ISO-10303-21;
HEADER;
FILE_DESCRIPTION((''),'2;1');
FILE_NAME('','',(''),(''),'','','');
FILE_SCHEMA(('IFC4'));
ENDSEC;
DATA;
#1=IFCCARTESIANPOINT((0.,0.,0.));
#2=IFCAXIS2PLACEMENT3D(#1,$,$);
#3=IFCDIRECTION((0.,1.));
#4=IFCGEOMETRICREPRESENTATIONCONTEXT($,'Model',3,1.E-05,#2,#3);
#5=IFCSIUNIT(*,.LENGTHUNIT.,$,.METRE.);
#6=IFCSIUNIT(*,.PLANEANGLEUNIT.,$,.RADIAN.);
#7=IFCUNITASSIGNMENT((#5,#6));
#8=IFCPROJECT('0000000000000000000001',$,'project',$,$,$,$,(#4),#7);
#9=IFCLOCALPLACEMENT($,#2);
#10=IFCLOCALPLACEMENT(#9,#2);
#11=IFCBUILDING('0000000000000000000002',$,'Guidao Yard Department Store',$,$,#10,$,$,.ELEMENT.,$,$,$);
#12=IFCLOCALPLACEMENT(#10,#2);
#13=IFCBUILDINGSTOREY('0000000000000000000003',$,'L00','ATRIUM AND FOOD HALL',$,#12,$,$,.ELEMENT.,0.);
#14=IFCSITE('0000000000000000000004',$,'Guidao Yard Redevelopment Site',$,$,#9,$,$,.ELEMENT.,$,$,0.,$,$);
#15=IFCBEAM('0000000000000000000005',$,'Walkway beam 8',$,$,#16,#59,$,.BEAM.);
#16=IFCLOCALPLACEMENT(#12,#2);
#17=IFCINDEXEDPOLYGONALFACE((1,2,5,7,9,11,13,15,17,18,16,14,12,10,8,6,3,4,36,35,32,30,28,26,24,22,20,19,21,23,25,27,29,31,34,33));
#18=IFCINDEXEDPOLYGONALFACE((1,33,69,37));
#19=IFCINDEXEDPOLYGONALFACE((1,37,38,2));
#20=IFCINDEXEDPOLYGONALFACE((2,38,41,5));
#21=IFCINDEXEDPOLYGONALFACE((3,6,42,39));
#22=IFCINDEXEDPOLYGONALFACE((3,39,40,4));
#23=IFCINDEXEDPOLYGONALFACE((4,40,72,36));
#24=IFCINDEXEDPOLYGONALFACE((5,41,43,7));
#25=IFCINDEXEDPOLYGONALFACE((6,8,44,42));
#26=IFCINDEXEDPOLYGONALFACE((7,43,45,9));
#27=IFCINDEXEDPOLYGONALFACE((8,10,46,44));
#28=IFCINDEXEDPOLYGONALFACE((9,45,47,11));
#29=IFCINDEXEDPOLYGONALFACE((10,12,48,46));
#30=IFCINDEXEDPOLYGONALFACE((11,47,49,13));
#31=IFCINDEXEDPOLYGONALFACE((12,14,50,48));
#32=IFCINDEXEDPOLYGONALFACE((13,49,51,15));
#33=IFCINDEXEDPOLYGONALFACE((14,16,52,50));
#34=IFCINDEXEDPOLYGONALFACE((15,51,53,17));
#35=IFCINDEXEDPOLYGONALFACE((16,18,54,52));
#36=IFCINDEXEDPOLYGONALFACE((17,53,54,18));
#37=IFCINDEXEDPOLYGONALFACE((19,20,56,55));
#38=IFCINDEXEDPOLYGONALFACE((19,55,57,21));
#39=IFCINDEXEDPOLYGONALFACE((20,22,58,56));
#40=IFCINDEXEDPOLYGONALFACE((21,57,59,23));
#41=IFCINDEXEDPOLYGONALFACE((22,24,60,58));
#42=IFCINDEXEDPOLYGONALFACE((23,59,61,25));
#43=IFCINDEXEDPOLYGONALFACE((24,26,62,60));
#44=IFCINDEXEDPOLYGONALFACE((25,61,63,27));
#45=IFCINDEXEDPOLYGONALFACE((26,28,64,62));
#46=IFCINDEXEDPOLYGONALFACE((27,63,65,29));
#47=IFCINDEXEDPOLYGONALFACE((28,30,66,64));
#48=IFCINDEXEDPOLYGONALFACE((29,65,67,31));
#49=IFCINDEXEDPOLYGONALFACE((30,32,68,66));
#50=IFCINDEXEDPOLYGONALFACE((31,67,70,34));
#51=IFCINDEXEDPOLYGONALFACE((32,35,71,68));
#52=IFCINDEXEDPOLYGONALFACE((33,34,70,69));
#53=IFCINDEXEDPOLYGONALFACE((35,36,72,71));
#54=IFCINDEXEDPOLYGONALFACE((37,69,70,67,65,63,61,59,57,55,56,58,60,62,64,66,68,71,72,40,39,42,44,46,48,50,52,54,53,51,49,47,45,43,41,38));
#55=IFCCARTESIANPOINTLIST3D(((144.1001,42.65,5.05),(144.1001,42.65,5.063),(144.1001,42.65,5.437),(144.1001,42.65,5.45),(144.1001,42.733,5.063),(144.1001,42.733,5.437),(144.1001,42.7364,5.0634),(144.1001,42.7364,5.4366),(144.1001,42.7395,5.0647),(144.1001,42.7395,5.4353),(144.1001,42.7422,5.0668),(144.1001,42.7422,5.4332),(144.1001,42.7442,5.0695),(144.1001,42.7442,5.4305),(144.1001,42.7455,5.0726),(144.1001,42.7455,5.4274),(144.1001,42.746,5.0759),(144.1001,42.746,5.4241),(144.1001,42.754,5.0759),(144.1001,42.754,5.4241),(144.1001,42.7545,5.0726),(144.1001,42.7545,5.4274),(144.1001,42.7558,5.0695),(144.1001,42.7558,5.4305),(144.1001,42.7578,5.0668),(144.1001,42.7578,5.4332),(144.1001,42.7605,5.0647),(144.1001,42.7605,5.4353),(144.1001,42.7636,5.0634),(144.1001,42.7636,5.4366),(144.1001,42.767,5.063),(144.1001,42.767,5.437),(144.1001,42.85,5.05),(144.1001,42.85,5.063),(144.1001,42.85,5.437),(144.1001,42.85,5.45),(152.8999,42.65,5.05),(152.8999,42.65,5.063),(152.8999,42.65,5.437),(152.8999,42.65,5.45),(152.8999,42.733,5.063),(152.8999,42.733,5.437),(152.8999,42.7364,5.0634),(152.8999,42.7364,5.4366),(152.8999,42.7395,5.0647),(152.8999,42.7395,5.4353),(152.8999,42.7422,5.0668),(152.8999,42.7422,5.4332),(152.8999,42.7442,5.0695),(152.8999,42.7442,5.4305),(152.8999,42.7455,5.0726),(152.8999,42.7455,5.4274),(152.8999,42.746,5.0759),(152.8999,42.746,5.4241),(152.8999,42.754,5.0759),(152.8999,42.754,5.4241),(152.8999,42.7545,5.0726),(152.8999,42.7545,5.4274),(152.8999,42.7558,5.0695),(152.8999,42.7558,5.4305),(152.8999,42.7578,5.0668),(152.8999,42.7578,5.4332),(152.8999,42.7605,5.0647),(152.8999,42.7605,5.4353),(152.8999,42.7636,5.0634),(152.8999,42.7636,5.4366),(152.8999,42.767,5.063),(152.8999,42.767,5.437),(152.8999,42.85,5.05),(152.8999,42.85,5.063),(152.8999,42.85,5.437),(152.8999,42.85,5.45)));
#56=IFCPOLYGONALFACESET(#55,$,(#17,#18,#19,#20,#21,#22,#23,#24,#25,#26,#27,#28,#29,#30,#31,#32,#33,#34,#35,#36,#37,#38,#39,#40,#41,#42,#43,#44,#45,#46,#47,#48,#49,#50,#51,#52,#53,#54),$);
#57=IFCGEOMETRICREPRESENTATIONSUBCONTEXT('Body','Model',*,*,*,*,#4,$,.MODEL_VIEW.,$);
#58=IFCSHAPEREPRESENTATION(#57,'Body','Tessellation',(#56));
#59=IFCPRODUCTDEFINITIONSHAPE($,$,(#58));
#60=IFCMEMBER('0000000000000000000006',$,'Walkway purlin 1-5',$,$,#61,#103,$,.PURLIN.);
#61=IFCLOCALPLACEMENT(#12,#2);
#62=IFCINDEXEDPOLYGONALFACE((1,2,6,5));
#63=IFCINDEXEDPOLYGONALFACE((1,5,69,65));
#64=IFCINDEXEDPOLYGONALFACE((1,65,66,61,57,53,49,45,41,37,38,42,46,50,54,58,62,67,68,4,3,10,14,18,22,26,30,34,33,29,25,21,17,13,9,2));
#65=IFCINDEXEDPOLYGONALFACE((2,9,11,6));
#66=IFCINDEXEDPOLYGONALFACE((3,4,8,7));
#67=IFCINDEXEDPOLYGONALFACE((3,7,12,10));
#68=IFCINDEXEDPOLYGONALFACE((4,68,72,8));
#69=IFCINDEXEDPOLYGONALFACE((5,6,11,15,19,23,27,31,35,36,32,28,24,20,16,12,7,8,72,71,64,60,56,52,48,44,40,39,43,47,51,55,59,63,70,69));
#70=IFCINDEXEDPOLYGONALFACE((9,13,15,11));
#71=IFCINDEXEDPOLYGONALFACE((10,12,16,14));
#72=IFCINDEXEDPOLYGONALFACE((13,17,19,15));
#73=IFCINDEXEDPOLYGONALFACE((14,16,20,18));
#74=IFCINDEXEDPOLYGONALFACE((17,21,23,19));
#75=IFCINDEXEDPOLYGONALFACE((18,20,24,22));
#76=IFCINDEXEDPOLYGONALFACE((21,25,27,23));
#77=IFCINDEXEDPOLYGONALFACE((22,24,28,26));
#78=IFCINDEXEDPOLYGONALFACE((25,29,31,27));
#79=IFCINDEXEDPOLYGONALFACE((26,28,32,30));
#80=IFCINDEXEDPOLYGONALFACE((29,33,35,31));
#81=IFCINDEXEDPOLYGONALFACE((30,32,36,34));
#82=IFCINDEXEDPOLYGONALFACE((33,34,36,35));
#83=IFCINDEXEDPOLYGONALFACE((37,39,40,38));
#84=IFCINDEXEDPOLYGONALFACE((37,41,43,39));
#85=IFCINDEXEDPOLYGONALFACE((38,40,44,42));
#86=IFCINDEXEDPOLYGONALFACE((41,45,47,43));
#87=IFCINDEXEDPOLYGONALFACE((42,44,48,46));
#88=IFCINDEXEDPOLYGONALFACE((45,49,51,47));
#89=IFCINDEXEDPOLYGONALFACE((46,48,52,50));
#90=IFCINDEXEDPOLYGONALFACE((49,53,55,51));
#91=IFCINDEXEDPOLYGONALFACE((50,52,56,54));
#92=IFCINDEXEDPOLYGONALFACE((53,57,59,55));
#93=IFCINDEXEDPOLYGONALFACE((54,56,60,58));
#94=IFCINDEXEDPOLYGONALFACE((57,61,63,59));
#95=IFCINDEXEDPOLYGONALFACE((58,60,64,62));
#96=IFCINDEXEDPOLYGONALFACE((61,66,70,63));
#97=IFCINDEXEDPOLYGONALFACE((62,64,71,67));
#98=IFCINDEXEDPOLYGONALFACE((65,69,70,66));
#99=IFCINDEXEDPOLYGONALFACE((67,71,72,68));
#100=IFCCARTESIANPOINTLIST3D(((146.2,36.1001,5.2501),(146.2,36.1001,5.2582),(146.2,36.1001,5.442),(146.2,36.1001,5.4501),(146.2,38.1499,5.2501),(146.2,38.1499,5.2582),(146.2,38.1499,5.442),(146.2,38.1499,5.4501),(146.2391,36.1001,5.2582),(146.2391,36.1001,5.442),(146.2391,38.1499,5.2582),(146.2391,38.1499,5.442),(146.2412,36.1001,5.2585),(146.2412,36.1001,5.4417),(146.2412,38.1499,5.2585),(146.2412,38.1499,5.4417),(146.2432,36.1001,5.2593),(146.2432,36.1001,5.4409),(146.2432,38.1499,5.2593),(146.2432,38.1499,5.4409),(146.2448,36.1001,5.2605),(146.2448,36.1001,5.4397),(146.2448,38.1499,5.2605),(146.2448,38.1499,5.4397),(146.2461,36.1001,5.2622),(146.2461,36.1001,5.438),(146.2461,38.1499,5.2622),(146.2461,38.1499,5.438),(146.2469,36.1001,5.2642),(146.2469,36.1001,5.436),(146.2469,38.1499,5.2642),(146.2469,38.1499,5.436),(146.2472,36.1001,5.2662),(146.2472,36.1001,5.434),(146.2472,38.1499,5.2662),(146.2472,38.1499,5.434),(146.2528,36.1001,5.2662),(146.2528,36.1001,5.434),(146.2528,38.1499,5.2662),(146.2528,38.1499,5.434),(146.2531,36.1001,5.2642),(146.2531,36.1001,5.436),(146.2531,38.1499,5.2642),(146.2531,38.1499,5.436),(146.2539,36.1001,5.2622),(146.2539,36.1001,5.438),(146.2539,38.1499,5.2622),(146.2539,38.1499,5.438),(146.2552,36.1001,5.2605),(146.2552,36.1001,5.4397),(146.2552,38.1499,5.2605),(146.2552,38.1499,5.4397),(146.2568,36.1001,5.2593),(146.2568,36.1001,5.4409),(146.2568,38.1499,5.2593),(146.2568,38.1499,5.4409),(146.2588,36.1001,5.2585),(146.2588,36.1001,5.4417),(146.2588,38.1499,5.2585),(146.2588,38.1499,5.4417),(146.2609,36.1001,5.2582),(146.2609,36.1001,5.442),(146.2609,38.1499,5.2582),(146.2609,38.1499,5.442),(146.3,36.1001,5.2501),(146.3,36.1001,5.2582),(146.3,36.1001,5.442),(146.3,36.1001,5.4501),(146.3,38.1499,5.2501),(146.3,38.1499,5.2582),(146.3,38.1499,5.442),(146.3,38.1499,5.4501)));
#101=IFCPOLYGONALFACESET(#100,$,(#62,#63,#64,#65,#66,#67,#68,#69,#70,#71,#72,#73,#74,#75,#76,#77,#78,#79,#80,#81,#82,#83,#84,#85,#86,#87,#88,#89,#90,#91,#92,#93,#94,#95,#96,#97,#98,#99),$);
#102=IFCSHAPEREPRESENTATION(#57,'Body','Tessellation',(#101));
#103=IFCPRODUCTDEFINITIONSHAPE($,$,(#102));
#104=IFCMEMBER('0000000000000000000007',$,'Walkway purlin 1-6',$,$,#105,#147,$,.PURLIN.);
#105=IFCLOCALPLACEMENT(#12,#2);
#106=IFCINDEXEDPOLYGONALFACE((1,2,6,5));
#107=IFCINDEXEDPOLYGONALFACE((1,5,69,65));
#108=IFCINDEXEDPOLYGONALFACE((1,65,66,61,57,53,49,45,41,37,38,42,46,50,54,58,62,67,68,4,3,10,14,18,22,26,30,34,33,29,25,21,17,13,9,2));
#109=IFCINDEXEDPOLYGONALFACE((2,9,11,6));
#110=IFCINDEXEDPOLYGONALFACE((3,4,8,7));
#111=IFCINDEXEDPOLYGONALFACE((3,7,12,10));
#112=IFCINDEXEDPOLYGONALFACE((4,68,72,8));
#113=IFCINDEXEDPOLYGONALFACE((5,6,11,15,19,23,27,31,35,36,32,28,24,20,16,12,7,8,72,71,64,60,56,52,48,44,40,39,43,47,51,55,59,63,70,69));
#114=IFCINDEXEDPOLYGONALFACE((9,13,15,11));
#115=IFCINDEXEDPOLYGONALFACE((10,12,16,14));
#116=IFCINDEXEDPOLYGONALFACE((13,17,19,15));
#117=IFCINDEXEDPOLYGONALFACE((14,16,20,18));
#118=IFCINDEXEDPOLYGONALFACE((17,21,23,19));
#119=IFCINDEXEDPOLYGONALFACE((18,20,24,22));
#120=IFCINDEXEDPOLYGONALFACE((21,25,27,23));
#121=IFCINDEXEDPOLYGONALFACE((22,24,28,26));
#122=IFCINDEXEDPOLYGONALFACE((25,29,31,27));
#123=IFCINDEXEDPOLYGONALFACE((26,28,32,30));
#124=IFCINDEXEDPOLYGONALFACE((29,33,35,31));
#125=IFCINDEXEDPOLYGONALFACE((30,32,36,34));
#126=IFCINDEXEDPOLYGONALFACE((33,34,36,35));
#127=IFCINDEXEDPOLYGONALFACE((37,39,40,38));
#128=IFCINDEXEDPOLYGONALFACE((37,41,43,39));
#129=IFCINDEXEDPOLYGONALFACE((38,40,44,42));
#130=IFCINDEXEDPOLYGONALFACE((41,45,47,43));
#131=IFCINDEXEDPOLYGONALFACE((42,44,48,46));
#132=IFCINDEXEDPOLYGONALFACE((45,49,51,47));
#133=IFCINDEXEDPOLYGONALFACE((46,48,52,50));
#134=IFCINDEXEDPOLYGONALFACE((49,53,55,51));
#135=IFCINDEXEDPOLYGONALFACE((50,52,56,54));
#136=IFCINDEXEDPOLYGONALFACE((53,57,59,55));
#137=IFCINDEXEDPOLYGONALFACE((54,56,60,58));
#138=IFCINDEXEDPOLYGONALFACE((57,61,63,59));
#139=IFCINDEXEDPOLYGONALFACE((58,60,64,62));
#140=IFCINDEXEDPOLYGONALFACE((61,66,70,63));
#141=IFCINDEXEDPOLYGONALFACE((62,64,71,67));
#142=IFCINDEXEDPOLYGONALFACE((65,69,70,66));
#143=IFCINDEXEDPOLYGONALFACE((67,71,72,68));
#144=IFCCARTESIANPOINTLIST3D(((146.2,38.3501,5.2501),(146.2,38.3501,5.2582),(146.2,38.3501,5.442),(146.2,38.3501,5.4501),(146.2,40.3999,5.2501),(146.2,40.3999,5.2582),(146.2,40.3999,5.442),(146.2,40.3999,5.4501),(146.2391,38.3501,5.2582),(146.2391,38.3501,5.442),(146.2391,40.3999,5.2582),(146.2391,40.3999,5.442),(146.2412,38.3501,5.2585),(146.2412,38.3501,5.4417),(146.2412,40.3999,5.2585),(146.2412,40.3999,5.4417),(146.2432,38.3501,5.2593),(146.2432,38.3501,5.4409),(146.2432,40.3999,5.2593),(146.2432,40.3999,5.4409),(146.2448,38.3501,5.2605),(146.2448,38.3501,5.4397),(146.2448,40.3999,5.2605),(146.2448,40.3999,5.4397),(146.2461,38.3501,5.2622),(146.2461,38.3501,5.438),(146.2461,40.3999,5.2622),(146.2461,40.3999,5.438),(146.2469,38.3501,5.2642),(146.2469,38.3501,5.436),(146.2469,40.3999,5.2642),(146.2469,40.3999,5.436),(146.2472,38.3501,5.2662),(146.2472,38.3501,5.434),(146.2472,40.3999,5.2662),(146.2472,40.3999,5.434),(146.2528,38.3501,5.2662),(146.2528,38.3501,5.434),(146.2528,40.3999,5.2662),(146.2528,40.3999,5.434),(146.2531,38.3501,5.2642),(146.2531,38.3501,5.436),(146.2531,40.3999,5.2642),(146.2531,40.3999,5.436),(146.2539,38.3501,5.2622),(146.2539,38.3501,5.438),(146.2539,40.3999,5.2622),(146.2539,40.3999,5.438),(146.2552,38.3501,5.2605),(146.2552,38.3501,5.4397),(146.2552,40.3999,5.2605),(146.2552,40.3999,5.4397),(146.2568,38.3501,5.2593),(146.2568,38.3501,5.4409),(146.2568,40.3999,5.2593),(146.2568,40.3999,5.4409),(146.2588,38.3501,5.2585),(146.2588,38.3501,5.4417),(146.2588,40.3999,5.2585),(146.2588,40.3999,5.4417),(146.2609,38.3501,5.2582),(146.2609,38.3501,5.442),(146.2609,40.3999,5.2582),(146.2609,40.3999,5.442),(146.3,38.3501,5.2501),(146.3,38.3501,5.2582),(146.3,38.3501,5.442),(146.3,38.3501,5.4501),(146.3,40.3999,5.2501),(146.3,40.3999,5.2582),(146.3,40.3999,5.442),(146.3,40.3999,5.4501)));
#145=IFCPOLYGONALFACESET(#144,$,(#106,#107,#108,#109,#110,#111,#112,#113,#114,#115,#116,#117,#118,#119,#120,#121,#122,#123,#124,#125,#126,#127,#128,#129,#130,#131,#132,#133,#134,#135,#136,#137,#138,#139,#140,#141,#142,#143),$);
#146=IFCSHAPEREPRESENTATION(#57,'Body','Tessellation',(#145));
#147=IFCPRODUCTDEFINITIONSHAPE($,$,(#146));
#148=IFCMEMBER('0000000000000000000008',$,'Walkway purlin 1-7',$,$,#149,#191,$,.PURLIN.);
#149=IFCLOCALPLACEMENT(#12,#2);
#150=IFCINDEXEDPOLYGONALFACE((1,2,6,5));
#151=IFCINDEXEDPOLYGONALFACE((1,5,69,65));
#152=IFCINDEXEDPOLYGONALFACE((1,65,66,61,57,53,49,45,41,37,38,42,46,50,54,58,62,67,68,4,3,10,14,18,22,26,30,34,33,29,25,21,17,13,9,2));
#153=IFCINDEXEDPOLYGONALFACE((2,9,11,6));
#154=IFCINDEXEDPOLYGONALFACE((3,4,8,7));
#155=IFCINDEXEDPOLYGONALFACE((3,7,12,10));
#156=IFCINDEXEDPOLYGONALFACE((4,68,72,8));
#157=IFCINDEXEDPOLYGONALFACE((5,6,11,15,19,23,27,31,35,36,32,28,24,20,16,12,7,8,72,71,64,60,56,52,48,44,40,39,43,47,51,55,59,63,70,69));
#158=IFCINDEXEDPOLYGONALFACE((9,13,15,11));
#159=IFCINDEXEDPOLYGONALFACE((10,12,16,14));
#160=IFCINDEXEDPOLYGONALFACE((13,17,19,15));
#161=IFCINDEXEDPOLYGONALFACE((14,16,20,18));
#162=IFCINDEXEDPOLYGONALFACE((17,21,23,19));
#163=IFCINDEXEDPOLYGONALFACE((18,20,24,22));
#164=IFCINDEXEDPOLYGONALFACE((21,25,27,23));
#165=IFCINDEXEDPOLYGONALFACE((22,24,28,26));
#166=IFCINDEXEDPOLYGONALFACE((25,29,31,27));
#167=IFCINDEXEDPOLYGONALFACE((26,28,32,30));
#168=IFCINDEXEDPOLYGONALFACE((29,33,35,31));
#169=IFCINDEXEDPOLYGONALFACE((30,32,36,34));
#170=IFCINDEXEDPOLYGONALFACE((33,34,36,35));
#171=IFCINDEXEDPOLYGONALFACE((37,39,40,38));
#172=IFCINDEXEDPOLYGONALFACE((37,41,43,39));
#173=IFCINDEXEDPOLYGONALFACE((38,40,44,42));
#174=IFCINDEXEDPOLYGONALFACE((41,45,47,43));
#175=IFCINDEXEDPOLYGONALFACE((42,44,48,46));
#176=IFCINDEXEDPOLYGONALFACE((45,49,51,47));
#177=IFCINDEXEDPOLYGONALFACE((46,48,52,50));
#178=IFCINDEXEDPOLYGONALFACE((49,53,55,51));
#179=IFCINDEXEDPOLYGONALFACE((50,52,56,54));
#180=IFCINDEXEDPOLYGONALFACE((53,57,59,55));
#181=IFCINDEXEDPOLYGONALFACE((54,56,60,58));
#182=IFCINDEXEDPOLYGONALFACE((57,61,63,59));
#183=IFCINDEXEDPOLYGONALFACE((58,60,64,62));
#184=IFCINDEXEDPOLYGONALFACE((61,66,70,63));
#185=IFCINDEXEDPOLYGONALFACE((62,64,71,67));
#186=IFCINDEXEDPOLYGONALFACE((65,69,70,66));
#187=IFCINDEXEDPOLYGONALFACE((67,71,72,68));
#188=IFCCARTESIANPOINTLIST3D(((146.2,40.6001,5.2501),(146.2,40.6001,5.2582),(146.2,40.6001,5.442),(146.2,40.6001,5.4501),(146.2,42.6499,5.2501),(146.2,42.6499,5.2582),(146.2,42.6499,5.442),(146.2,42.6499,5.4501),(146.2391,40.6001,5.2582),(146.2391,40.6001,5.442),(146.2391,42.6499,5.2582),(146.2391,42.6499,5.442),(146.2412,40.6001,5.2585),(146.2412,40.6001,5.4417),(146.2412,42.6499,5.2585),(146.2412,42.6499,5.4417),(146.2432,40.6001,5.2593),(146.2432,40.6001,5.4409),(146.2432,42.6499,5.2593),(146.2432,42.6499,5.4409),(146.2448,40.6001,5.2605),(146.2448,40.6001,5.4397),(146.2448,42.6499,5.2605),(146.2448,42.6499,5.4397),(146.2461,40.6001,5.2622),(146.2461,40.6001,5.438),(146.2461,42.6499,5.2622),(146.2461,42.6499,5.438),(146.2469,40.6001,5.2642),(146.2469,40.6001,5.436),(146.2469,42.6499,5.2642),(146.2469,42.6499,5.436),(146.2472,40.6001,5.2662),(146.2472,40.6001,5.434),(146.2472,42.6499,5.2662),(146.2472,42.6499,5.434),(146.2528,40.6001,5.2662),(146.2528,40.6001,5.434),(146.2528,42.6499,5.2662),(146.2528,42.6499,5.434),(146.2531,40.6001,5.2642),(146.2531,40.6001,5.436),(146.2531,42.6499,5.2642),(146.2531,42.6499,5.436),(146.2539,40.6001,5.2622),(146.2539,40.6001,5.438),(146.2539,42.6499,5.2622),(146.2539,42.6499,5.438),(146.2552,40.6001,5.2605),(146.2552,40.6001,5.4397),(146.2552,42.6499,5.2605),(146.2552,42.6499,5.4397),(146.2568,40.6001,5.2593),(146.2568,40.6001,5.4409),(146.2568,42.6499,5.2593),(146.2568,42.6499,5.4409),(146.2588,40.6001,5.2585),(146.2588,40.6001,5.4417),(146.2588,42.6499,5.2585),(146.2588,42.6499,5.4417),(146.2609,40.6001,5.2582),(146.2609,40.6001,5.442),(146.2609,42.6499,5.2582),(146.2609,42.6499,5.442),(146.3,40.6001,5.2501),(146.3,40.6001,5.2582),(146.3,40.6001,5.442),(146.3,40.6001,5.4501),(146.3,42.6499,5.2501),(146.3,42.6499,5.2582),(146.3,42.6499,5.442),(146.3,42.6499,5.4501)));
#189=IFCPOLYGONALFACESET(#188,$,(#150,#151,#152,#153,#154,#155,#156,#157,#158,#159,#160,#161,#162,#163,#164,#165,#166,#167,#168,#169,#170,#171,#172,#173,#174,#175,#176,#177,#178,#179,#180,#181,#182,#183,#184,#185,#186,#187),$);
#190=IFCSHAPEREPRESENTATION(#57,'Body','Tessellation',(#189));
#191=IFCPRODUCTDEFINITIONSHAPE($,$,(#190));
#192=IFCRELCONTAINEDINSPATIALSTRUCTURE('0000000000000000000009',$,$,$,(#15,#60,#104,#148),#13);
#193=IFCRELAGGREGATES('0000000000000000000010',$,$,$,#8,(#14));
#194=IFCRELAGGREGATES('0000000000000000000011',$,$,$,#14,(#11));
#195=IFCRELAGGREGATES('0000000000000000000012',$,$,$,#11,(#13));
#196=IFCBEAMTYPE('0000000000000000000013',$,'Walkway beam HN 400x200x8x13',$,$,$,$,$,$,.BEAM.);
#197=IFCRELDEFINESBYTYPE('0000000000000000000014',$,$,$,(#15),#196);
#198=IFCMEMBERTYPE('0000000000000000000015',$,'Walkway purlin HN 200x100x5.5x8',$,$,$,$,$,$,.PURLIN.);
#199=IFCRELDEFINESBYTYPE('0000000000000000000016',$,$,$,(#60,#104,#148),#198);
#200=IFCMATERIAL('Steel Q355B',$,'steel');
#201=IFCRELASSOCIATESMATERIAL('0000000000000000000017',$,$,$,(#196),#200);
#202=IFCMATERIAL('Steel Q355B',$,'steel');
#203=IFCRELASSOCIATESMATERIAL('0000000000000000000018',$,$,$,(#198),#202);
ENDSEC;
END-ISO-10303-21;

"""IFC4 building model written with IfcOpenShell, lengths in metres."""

from ifc_helpers import new_model, si_unit, direction, frame, origin, origin_2d, place, context, subcontext, project, spatial, i_section, extrude, material, material_profile, profile_set, type_object, element, save


model = new_model("IFC4")

# Units and contexts
model_context = context("Model", 3, precision=1e-05, world=origin(), true_north=direction((0.0, 1.0)))
body_context = subcontext(model_context, "Body", "Model", "MODEL_VIEW")
ifc_project = project(units=[si_unit("LENGTHUNIT", "METRE"), si_unit("PLANEANGLEUNIT", "RADIAN")], contexts=[model_context])

# Site, building, storey
site_placement = place(None, origin())
site = spatial("IfcSite", under=ifc_project, at=site_placement, Name="Guidao Yard Redevelopment Site", CompositionType="ELEMENT", RefElevation=0.0)
building_placement = place(site_placement, origin())
building = spatial("IfcBuilding", under=site, at=building_placement, Name="Guidao Yard Department Store", CompositionType="ELEMENT")
storey_placement = place(building_placement, origin())
storey = spatial("IfcBuildingStorey", under=building, at=storey_placement, Name="L00", Description="ATRIUM AND FOOD HALL", CompositionType="ELEMENT", Elevation=0.0)

# Beam
ifc_material_1 = material(Name="Steel Q355B", Category="steel")
ifc_material_profile_1 = material_profile(ifc_material_1, i_section(OverallWidth=0.2, OverallDepth=0.3999, WebThickness=0.0081, FlangeThickness=0.0129, FilletRadius=0.0129, at=origin_2d()), Name="HN 400x200x8x13")
ifc_profile_set_1 = profile_set([ifc_material_profile_1], Name="Steel Q355B")
beam_type = type_object("IfcBeamType", Name="Walkway beam HN 400x200x8x13", PredefinedType="BEAM", material=ifc_profile_set_1)
for number, where, z_axis, x_axis, name in (
    (1, (144.1001, 42.75, 5.25), (1.0, 0.0, 0.0), (0.0, 1.0, 0.0), "Walkway beam 8"),
):
    element("IfcBeam", number, at=place(storey_placement, frame(where, z_axis=z_axis, x_axis=x_axis)), inside=storey, type_object=beam_type, Name=name, PredefinedType="BEAM", context=body_context, shape_type="SweptSolid", body=[
        extrude(i_section(OverallWidth=0.2, OverallDepth=0.3999, WebThickness=0.0081, FlangeThickness=0.0129, FilletRadius=0.0129, at=origin_2d()), origin(), (0.0, 0.0, 1.0), 8.7998),
    ])

# Members
ifc_material_2 = material(Name="Steel Q355B", Category="steel")
ifc_material_profile_2 = material_profile(ifc_material_2, i_section(OverallWidth=0.1001, OverallDepth=0.2, WebThickness=0.0056, FlangeThickness=0.0081, FilletRadius=0.0081, at=origin_2d()), Name="HN 200x100x5.5x8")
ifc_profile_set_2 = profile_set([ifc_material_profile_2], Name="Steel Q355B")
member_type = type_object("IfcMemberType", Name="Walkway purlin HN 200x100x5.5x8", PredefinedType="PURLIN", material=ifc_profile_set_2)
for number, where, z_axis, x_axis, name in (
    (2, (146.25, 36.1001, 5.3501), (0.0, 1.0, 0.0), (-1.0, 0.0, 0.0), "Walkway purlin 1-5"),
    (3, (146.25, 38.3501, 5.3501), (0.0, 1.0, 0.0), (-1.0, 0.0, 0.0), "Walkway purlin 1-6"),
    (4, (146.25, 40.6001, 5.3501), (0.0, 1.0, 0.0), (-1.0, 0.0, 0.0), "Walkway purlin 1-7"),
):
    element("IfcMember", number, at=place(storey_placement, frame(where, z_axis=z_axis, x_axis=x_axis)), inside=storey, type_object=member_type, Name=name, PredefinedType="PURLIN", context=body_context, shape_type="SweptSolid", body=[
        extrude(i_section(OverallWidth=0.1001, OverallDepth=0.2, WebThickness=0.0056, FlangeThickness=0.0081, FilletRadius=0.0081, at=origin_2d()), origin(), (0.0, 0.0, 1.0), 2.0498),
    ])

save(model, "model.ifc")
